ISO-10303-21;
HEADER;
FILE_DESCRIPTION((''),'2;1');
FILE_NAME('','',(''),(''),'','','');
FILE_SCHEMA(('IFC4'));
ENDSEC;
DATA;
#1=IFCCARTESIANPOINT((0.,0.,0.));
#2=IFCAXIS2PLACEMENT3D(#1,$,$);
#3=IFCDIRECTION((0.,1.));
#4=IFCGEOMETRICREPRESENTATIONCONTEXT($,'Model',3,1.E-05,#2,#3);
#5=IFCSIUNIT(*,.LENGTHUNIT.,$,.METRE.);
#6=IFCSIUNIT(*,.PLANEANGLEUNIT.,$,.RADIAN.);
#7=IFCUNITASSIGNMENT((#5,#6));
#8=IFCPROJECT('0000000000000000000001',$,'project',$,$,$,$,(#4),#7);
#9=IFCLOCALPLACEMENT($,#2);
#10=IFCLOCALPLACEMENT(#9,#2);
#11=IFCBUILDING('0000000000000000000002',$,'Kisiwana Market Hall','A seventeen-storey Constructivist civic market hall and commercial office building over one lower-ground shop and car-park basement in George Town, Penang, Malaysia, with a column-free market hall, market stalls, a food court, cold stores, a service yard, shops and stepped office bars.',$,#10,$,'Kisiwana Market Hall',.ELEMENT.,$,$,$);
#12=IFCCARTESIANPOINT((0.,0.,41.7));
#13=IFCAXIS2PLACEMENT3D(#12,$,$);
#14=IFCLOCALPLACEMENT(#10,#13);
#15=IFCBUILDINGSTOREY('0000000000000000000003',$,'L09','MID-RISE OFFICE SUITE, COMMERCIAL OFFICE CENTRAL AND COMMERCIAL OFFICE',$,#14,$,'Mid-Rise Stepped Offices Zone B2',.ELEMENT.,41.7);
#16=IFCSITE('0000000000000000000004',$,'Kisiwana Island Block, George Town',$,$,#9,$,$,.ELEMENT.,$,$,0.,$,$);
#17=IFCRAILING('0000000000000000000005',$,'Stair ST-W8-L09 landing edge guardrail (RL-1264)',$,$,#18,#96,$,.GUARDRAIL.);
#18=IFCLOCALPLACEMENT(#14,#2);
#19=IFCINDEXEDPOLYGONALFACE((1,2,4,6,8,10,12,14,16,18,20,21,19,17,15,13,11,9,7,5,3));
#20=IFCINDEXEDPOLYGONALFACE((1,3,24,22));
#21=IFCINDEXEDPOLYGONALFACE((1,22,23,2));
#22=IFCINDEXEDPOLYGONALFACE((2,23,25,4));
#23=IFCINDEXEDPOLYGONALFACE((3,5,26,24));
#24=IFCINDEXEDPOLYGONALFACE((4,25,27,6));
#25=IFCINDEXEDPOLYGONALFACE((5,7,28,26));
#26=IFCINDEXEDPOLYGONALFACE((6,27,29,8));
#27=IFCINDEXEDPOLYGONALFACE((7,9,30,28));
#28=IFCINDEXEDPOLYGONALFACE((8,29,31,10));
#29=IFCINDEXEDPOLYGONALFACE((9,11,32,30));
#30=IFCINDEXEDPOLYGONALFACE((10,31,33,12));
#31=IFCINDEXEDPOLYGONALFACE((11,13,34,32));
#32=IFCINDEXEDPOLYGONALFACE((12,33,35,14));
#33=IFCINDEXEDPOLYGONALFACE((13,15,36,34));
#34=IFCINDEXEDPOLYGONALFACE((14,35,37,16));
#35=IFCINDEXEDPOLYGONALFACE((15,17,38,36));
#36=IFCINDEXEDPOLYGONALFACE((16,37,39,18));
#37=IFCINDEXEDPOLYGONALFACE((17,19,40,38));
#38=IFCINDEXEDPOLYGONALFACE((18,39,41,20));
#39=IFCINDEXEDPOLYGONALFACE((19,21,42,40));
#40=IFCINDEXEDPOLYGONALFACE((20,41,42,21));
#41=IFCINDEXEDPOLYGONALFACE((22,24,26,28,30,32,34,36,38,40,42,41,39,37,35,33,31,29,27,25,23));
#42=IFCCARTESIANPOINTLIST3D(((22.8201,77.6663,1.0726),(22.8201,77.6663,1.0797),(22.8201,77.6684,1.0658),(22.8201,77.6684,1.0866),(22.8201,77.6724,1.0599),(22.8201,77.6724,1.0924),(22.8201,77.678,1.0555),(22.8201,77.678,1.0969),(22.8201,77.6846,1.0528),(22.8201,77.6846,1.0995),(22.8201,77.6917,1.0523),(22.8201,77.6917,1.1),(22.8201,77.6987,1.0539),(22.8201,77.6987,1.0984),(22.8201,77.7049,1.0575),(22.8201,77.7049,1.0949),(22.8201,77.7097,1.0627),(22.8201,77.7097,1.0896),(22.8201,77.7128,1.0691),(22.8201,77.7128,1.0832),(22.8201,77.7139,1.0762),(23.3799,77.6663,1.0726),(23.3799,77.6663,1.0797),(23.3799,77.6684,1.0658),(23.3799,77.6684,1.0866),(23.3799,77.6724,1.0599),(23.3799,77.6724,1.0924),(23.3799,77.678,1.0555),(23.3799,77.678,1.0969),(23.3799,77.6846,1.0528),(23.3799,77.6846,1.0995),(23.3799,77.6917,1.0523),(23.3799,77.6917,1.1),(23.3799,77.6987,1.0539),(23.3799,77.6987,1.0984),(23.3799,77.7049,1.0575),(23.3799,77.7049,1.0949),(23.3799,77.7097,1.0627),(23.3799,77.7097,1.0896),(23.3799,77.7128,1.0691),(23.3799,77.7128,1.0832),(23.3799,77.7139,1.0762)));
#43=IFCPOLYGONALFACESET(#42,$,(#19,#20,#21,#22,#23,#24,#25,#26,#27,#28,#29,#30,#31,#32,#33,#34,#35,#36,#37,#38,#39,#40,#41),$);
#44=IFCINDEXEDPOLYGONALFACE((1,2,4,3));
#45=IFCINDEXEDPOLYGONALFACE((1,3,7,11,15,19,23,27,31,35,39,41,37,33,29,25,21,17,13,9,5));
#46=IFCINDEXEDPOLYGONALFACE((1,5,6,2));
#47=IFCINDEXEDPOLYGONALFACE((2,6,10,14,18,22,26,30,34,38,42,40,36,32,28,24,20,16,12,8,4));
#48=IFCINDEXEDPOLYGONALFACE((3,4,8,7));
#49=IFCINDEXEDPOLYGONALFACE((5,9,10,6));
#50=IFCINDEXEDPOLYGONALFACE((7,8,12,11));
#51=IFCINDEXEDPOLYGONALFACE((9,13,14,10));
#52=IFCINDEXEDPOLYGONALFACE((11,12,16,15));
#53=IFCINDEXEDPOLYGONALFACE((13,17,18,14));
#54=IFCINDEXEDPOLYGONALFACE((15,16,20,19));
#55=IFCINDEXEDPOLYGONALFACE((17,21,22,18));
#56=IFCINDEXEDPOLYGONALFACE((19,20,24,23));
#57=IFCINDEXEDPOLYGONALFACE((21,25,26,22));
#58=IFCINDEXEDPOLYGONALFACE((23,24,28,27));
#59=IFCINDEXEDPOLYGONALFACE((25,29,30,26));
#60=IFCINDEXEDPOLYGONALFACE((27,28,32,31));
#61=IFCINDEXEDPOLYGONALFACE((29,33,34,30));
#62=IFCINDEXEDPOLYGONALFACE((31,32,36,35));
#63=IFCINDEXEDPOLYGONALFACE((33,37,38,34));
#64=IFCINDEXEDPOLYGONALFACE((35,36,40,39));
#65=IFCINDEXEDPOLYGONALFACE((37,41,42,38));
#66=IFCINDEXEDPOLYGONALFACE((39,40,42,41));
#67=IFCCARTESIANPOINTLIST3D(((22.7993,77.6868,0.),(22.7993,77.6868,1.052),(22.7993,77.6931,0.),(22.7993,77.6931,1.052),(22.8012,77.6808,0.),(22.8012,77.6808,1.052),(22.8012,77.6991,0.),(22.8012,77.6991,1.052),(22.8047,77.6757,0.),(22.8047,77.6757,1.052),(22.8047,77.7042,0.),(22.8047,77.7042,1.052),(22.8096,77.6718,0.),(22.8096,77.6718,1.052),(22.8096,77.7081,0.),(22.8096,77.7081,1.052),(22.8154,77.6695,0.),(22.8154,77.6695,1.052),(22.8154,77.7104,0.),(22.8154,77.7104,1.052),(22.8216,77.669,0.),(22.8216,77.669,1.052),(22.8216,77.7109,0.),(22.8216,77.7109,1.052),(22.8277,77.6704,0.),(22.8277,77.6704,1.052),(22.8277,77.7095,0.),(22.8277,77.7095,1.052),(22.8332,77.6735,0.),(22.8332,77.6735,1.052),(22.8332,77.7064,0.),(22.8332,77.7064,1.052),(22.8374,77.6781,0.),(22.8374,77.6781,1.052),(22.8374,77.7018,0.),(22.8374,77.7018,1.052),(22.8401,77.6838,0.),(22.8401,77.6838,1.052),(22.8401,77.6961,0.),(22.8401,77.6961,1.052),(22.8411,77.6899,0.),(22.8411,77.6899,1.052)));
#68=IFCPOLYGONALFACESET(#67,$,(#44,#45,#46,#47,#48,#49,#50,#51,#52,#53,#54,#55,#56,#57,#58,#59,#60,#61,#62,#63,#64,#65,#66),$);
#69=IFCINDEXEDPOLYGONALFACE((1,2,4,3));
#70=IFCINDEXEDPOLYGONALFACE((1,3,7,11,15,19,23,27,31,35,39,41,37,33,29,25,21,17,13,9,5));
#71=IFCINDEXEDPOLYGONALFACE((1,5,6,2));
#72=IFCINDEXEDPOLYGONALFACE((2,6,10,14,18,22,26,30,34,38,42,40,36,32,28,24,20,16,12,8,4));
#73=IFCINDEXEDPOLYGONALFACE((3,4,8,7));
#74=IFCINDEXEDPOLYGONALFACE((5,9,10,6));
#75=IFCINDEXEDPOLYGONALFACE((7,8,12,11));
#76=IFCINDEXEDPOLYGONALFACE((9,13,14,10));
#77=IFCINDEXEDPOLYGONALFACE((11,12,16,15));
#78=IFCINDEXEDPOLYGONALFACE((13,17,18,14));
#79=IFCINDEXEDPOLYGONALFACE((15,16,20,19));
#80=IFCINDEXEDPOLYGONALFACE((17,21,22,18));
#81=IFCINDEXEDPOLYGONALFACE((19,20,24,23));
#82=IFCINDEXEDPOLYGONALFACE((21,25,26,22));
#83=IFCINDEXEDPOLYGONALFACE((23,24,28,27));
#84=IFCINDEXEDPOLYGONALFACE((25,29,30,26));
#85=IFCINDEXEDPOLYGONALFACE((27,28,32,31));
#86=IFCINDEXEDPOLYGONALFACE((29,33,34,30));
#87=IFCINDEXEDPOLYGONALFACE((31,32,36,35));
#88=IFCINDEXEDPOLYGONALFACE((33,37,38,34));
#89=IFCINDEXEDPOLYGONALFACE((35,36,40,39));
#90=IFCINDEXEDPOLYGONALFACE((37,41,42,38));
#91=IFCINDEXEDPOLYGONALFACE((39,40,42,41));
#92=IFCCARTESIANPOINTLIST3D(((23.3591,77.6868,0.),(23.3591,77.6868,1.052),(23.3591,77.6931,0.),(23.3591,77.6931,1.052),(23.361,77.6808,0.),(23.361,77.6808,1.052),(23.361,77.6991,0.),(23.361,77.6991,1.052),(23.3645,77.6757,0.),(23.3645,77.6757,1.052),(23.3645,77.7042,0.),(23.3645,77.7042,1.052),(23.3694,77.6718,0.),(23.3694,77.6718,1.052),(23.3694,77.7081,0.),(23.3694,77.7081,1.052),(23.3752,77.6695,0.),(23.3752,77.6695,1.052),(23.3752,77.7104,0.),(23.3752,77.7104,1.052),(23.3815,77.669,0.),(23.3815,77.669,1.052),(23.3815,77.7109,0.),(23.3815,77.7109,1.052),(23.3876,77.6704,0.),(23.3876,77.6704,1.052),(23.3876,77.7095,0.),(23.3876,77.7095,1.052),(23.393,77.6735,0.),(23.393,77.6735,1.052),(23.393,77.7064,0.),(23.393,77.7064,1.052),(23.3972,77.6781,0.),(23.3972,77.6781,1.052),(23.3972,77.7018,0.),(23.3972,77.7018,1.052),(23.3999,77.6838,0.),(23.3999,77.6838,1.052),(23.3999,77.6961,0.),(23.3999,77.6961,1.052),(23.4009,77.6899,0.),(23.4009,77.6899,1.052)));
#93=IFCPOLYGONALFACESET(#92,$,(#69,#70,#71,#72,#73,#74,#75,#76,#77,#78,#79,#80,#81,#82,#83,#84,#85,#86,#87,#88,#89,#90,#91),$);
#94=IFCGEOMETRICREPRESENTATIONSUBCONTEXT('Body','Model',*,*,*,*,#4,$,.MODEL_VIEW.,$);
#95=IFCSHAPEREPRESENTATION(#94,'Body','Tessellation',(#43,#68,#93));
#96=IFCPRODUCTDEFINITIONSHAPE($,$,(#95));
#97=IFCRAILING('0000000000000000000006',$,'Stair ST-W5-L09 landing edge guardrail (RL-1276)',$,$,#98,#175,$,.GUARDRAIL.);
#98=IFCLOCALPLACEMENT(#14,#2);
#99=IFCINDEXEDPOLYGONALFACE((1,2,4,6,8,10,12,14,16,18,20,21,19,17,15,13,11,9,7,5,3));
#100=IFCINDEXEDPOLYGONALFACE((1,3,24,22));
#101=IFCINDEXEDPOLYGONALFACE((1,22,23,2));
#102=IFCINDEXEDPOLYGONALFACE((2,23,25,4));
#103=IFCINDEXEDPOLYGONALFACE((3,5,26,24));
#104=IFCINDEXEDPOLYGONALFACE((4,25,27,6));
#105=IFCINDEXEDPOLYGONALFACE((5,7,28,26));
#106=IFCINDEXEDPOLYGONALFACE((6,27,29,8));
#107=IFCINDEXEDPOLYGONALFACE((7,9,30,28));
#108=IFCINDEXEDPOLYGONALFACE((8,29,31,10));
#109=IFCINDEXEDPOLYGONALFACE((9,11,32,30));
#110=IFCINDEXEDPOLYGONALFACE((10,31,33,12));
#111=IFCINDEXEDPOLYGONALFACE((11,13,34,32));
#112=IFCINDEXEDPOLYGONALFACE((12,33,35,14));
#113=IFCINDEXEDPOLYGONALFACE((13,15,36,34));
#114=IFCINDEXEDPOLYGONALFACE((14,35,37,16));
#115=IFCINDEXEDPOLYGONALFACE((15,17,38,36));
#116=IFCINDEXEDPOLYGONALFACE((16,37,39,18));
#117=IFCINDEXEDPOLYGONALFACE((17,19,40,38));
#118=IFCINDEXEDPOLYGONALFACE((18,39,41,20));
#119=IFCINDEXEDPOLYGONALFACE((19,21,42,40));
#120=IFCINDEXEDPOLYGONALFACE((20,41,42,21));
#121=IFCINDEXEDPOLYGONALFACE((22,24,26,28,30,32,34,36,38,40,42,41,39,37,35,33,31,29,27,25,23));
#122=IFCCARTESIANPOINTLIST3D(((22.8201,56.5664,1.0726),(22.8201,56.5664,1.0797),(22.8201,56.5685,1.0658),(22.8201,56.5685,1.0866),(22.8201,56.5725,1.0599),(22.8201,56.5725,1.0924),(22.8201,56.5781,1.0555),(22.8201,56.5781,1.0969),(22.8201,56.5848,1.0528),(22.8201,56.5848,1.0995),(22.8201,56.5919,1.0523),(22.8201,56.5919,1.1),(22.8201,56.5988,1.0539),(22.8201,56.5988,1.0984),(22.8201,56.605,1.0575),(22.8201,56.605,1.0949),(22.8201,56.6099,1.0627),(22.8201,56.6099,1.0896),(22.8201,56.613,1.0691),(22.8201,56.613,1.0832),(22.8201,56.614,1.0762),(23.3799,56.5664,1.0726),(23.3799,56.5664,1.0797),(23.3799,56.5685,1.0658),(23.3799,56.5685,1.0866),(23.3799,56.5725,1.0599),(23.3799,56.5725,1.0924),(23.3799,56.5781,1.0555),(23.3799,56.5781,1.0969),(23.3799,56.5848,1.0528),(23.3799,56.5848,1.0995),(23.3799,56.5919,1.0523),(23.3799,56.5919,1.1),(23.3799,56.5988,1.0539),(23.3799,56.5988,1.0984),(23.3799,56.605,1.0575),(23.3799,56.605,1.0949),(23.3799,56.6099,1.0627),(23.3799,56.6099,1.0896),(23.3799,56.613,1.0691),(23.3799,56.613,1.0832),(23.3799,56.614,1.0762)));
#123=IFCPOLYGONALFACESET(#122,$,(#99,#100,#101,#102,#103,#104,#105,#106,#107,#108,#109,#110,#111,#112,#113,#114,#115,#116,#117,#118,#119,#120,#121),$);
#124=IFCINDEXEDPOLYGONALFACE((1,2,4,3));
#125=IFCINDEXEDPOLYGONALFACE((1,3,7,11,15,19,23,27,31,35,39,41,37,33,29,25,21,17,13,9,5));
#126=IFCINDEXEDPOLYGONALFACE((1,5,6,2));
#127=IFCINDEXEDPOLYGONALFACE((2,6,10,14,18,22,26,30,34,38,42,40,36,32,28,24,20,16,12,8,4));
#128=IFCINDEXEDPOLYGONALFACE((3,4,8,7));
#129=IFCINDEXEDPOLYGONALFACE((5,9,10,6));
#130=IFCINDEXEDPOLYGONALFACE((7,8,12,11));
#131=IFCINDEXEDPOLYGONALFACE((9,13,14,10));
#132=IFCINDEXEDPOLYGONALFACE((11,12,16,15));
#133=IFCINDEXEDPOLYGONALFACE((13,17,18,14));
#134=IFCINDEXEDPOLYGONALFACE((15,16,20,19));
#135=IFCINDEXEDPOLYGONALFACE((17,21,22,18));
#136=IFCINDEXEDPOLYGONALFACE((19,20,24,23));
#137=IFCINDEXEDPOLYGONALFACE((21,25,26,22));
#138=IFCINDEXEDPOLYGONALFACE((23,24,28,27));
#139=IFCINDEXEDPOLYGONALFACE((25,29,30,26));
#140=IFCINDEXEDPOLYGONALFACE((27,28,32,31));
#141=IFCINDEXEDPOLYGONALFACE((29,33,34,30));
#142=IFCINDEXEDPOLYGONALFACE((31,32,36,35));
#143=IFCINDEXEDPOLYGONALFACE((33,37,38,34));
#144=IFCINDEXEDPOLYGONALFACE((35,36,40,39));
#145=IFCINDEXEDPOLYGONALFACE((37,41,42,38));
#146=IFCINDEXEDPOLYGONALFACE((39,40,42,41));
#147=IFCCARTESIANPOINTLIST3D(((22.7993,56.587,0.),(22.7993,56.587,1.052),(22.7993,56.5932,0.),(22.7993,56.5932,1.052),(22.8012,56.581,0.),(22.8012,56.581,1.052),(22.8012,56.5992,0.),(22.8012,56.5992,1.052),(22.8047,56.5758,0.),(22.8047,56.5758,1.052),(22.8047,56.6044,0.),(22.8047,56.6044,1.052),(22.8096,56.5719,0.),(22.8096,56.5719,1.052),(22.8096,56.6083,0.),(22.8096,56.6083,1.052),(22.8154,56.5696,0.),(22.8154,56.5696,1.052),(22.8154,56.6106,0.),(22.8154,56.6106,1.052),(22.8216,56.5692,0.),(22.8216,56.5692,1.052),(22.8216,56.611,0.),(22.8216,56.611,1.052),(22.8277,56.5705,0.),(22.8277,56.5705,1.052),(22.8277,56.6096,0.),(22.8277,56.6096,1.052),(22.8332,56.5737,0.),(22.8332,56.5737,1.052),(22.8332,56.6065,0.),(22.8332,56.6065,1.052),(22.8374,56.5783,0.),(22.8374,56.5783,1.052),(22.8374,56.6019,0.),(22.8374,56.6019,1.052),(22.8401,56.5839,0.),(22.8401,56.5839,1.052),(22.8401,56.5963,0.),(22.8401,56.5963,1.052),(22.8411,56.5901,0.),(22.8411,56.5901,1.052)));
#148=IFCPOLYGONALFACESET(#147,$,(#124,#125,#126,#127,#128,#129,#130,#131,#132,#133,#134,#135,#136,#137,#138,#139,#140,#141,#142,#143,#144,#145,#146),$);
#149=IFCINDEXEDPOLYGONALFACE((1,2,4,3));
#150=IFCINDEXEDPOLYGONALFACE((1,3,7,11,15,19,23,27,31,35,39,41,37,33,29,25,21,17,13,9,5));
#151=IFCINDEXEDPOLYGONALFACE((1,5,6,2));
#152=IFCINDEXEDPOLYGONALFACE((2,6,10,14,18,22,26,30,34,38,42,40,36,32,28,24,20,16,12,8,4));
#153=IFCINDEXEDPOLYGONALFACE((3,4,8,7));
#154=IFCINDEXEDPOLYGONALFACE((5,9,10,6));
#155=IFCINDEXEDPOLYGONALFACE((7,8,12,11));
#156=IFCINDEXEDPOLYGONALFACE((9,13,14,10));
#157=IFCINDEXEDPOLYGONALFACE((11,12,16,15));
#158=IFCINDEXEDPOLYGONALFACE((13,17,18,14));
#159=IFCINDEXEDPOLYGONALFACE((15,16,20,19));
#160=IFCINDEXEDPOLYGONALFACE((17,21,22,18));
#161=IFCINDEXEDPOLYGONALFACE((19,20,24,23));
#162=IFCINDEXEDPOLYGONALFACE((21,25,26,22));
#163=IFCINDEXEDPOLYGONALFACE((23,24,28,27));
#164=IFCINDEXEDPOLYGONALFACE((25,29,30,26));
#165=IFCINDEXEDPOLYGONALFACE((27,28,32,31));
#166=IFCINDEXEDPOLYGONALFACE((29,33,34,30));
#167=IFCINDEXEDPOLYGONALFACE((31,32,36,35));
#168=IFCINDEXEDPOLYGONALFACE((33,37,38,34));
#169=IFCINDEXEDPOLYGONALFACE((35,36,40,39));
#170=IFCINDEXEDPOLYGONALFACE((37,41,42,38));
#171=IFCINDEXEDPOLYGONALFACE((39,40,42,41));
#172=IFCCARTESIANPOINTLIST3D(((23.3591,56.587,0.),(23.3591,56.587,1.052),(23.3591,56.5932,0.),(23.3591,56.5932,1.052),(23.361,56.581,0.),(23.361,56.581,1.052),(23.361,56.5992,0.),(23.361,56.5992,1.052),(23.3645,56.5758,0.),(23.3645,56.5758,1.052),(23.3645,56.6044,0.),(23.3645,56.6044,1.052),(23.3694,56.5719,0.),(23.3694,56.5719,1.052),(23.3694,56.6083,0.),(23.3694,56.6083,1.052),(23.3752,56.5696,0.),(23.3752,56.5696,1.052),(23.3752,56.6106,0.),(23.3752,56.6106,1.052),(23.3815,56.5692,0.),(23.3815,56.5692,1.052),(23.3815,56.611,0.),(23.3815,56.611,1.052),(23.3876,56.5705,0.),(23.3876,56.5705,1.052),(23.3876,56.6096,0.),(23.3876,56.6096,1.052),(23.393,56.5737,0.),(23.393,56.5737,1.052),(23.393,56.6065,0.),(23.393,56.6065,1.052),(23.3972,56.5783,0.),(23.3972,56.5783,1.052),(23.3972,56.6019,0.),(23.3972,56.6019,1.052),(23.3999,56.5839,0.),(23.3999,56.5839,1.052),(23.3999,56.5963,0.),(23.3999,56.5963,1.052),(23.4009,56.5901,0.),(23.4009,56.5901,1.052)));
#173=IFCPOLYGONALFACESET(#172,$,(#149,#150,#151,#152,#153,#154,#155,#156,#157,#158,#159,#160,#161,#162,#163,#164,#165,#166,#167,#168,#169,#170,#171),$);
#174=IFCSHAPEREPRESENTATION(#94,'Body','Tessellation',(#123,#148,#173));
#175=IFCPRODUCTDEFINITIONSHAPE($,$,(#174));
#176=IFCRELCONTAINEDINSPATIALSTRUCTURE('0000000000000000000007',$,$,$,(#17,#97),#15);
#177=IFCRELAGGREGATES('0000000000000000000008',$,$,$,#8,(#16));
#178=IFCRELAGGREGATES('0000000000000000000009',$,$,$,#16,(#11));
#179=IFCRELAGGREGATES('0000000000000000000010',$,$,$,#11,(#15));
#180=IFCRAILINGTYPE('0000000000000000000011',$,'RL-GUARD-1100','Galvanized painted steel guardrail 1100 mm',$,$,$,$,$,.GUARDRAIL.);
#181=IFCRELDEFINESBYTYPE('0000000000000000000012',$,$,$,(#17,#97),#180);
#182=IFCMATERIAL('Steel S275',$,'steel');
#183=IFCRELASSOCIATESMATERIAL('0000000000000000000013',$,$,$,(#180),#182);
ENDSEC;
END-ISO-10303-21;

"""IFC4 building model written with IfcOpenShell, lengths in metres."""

from ifc_helpers import new_model, si_unit, direction, frame, origin, origin_2d, place, context, subcontext, project, spatial, circle, extrude, material, type_object, element, save


model = new_model("IFC4")

# Units and contexts
model_context = context("Model", 3, precision=1e-05, world=origin(), true_north=direction((0.0, 1.0)))
body_context = subcontext(model_context, "Body", "Model", "MODEL_VIEW")
ifc_project = project(units=[si_unit("LENGTHUNIT", "METRE"), si_unit("PLANEANGLEUNIT", "RADIAN")], contexts=[model_context])

# Site, building, storey
site_placement = place(None, origin())
site = spatial("IfcSite", under=ifc_project, at=site_placement, Name="Kisiwana Island Block, George Town", CompositionType="ELEMENT", RefElevation=0.0)
building_placement = place(site_placement, origin())
building = spatial("IfcBuilding", under=site, at=building_placement, Name="Kisiwana Market Hall", Description="A seventeen-storey Constructivist civic market hall and commercial office building over one lower-ground shop and car-park basement in George Town, Penang, Malaysia, with a column-free market hall, market stalls, a food court, cold stores, a service yard, shops and stepped office bars.", LongName="Kisiwana Market Hall", CompositionType="ELEMENT")
storey_placement = place(building_placement, frame((0.0, 0.0, 41.7)))
storey = spatial("IfcBuildingStorey", under=building, at=storey_placement, Name="L09", Description="MID-RISE OFFICE SUITE, COMMERCIAL OFFICE CENTRAL AND COMMERCIAL OFFICE", LongName="Mid-Rise Stepped Offices Zone B2", CompositionType="ELEMENT", Elevation=41.7)

# Railings
ifc_material_1 = material(Name="Steel S275", Category="steel")
railing_type_1 = type_object("IfcRailingType", Name="RL-GUARD-1100", Description="Galvanized painted steel guardrail 1100 mm", PredefinedType="GUARDRAIL", material=ifc_material_1)
railing_1_placement = place(storey_placement, frame((22.8201, 77.6899, 0.0)))
element("IfcRailing", 1, at=railing_1_placement, inside=storey, type_object=railing_type_1, Name="Stair ST-W8-L09 landing edge guardrail (RL-1264)", PredefinedType="GUARDRAIL", context=body_context, shape_type="SweptSolid", body=[
    extrude(circle(Radius=0.0239, at=origin_2d()), frame((0.0, 0.0, 1.0762), z_axis=(1.0, 0.0, 0.0), x_axis=(0.0, 1.0, 0.0)), (0.0, 0.0, 1.0), 0.5598),
    extrude(circle(Radius=0.021, at=origin_2d()), origin(), (0.0, 0.0, 1.0), 1.052),
    extrude(circle(Radius=0.021, at=origin_2d()), frame((0.5598, 0.0, 0.0)), (0.0, 0.0, 1.0), 1.052),
])
railing_2_placement = place(storey_placement, frame((22.8201, 56.5901, 0.0)))
element("IfcRailing", 2, at=railing_2_placement, inside=storey, type_object=railing_type_1, Name="Stair ST-W5-L09 landing edge guardrail (RL-1276)", PredefinedType="GUARDRAIL", context=body_context, shape_type="SweptSolid", body=[
    extrude(circle(Radius=0.0239, at=origin_2d()), frame((0.0, 0.0, 1.0762), z_axis=(1.0, 0.0, 0.0), x_axis=(0.0, 1.0, 0.0)), (0.0, 0.0, 1.0), 0.5598),
    extrude(circle(Radius=0.021, at=origin_2d()), origin(), (0.0, 0.0, 1.0), 1.052),
    extrude(circle(Radius=0.021, at=origin_2d()), frame((0.5598, 0.0, 0.0)), (0.0, 0.0, 1.0), 1.052),
])

save(model, "model.ifc")
